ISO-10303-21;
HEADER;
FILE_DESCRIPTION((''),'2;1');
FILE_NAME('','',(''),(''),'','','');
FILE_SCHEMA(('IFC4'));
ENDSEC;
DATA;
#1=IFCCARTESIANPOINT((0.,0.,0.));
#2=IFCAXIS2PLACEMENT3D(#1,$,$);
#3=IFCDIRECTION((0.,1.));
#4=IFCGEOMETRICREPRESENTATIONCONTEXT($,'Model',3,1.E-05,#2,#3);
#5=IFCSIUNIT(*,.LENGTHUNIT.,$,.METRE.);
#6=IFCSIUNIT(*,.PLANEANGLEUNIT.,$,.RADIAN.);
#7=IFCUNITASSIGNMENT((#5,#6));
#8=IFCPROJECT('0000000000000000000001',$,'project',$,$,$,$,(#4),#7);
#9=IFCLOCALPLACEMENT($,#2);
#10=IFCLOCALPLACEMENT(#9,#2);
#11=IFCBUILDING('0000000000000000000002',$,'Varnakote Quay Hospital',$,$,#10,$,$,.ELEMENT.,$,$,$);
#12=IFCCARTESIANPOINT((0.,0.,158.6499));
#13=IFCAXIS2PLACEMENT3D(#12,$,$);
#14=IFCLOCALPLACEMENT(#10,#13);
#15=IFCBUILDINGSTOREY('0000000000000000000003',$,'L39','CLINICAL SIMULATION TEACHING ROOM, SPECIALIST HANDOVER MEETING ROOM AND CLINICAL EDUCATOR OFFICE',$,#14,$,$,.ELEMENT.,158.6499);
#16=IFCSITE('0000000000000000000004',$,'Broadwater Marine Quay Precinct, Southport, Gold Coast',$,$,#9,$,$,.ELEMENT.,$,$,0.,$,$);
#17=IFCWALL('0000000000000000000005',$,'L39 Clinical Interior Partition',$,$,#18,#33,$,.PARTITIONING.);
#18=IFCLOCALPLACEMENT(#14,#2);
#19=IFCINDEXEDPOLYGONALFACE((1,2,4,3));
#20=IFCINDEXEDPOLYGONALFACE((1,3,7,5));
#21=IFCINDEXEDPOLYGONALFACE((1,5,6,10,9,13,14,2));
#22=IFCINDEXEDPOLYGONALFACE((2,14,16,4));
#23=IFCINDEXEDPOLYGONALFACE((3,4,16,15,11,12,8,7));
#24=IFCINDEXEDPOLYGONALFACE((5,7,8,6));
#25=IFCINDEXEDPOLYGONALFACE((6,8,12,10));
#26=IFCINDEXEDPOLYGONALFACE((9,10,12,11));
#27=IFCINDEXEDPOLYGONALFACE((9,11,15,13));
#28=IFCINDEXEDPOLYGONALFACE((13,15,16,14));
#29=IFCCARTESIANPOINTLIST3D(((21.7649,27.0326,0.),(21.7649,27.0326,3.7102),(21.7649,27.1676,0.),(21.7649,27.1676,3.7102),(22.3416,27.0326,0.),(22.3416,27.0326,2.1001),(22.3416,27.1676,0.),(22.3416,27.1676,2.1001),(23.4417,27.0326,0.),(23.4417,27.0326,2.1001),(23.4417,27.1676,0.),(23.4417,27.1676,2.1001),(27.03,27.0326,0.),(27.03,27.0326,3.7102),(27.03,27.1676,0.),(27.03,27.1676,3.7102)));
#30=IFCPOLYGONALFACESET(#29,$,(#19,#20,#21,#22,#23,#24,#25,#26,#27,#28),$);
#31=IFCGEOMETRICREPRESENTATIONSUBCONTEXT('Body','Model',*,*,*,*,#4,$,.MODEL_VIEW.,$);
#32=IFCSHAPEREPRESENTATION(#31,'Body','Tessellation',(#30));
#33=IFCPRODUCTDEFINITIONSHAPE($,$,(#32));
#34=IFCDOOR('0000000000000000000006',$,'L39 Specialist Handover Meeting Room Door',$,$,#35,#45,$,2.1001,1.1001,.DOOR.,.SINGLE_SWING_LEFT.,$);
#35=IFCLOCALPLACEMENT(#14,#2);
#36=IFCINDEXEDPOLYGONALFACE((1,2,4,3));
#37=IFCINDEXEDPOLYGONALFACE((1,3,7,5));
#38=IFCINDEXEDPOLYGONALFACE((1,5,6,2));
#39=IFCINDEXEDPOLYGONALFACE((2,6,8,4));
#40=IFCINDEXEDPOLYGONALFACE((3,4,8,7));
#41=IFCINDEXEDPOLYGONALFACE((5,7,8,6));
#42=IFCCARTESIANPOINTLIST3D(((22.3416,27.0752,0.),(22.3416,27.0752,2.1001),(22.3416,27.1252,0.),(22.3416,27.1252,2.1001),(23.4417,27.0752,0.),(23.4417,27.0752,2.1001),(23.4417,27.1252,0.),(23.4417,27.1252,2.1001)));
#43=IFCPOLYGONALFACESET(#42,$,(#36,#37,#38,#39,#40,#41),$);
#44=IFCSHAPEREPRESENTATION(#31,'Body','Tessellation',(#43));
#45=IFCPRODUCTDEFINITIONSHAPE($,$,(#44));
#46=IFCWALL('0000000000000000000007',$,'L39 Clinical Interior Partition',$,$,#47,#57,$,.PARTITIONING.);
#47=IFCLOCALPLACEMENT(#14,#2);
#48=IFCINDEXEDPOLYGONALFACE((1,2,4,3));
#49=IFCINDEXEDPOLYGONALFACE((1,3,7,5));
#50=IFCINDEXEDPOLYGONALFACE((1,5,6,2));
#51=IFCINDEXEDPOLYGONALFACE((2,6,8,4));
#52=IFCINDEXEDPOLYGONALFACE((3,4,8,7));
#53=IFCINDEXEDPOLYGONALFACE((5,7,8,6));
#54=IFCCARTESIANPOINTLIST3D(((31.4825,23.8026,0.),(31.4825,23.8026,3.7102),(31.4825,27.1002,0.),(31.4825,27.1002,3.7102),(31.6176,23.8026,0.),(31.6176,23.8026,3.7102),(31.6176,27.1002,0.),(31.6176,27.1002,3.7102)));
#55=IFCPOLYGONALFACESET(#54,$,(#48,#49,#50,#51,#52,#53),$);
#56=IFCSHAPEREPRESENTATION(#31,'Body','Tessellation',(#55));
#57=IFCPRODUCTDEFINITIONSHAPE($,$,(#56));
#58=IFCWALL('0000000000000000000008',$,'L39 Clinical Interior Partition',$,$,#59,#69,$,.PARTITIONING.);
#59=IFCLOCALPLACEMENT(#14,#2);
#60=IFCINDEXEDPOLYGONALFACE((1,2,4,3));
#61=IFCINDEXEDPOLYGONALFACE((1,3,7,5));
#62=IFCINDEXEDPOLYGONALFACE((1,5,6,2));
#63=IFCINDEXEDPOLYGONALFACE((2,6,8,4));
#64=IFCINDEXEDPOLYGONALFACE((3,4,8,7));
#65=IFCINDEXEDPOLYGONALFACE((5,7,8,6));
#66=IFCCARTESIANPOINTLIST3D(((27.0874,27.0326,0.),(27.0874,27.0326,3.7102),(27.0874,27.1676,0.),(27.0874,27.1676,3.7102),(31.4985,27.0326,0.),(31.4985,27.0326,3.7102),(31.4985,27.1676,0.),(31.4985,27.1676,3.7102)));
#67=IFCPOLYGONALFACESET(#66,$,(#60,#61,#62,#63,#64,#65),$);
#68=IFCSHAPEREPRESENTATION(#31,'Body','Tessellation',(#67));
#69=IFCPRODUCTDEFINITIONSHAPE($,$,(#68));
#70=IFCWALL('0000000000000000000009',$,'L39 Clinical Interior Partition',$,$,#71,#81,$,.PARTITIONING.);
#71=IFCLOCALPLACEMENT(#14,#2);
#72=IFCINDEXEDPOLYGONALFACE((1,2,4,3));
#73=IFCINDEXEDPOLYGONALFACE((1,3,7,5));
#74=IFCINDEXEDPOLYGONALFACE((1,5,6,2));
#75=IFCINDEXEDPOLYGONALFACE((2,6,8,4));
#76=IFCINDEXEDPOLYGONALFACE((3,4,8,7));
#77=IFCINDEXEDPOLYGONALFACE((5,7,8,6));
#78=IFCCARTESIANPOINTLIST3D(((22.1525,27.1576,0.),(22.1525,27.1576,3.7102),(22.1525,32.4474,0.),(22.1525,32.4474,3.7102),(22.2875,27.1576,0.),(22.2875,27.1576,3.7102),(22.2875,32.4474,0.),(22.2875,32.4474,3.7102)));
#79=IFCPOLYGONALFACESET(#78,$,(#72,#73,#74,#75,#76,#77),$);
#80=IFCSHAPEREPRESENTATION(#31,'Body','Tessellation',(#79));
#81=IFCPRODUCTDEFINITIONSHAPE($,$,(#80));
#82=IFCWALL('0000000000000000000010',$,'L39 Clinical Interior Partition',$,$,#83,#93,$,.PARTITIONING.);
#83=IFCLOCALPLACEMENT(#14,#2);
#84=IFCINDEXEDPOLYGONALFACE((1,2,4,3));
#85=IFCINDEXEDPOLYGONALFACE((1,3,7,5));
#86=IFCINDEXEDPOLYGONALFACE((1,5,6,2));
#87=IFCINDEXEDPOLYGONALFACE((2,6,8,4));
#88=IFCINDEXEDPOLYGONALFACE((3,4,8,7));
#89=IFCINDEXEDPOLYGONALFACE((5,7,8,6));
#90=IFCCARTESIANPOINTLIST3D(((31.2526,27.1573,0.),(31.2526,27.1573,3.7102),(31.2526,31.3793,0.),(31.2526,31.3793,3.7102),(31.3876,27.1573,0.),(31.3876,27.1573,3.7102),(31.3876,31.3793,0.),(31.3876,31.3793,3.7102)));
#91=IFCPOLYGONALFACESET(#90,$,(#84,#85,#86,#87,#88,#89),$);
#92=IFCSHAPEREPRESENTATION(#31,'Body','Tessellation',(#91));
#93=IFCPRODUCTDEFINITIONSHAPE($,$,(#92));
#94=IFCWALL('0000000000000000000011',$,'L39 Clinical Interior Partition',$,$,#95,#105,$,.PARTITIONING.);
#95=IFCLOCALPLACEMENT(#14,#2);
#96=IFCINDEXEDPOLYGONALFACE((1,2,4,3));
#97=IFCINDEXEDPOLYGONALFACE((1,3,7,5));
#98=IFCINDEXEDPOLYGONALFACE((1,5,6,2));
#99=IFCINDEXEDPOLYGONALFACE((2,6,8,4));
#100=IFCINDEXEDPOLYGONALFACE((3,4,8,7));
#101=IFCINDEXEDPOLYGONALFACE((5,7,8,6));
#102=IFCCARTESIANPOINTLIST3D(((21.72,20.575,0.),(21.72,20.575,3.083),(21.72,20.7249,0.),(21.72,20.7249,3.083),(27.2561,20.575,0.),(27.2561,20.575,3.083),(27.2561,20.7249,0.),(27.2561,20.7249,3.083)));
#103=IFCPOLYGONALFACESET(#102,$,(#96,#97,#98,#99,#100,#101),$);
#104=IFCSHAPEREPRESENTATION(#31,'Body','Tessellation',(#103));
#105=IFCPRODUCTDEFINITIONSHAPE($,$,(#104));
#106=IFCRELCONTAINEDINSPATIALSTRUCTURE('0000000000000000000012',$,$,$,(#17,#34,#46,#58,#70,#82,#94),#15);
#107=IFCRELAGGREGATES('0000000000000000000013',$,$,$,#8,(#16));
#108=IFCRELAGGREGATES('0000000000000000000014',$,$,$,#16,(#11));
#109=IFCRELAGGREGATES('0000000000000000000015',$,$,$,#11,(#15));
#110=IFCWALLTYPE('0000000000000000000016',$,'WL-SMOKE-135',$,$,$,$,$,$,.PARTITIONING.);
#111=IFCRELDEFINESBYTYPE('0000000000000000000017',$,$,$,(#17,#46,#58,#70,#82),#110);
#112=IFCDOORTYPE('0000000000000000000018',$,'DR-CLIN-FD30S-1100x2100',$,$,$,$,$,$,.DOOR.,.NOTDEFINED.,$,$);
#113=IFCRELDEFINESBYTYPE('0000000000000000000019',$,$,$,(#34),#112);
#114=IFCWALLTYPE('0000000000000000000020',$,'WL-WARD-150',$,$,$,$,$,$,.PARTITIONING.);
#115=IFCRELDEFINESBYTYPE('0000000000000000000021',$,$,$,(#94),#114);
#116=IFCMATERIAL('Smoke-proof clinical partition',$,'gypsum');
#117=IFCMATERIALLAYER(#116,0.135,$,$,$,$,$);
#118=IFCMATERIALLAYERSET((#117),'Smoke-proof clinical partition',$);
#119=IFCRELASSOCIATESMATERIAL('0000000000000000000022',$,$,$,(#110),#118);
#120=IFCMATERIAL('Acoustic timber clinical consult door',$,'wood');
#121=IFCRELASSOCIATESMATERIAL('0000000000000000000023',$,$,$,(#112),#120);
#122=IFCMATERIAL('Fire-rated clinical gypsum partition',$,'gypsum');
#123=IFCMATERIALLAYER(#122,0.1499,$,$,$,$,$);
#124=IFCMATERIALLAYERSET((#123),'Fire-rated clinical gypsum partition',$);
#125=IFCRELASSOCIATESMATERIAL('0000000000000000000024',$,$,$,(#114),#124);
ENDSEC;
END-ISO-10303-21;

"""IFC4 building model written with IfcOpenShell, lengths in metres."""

from ifc_helpers import new_model, si_unit, direction, frame, frame_2d, origin, place, context, subcontext, project, spatial, rectangle, extrude, material, layer, layer_set, type_object, element, fill, save


model = new_model("IFC4")

# Units and contexts
model_context = context("Model", 3, precision=1e-05, world=origin(), true_north=direction((0.0, 1.0)))
body_context = subcontext(model_context, "Body", "Model", "MODEL_VIEW")
ifc_project = project(units=[si_unit("LENGTHUNIT", "METRE"), si_unit("PLANEANGLEUNIT", "RADIAN")], contexts=[model_context])

# Site, building, storey
site_placement = place(None, origin())
site = spatial("IfcSite", under=ifc_project, at=site_placement, Name="Broadwater Marine Quay Precinct, Southport, Gold Coast", CompositionType="ELEMENT", RefElevation=0.0)
building_placement = place(site_placement, origin())
building = spatial("IfcBuilding", under=site, at=building_placement, Name="Varnakote Quay Hospital", CompositionType="ELEMENT")
storey_placement = place(building_placement, frame((0.0, 0.0, 158.6499)))
storey = spatial("IfcBuildingStorey", under=building, at=storey_placement, Name="L39", Description="CLINICAL SIMULATION TEACHING ROOM, SPECIALIST HANDOVER MEETING ROOM AND CLINICAL EDUCATOR OFFICE", CompositionType="ELEMENT", Elevation=158.6499)

# Shared definitions
ifc_material_1 = material(Name="Smoke-proof clinical partition", Category="gypsum")
ifc_layer_1 = layer(ifc_material_1, 0.135)
ifc_layer_set_1 = layer_set([ifc_layer_1], Name="Smoke-proof clinical partition")
wall_type_1 = type_object("IfcWallType", Name="WL-SMOKE-135", PredefinedType="PARTITIONING", material=ifc_layer_set_1)

# Wall, opening, door
wall_1_placement = place(storey_placement, frame((27.03, 27.1001, 0.0), z_axis=(0.0, 0.0, 1.0), x_axis=(-1.0, 0.0, 0.0)))
wall_1 = element("IfcWall", 1, at=wall_1_placement, inside=storey, type_object=wall_type_1, Name="L39 Clinical Interior Partition", PredefinedType="PARTITIONING", context=body_context, shape_type="SweptSolid", body=[
    extrude(rectangle(XDim=5.2651, YDim=0.135, at=frame_2d((2.6326, 0.0))), origin(), (0.0, 0.0, 1.0), 3.7102),
])
opening_1_placement = place(wall_1_placement, frame((3.5884, 0.0, 0.0)))
opening_1 = element("IfcOpeningElement", 2, at=opening_1_placement, cuts=wall_1, PredefinedType="OPENING", context=body_context, shape_type="SweptSolid", body=[
    extrude(rectangle(XDim=1.1001, YDim=2.1001, at=frame_2d((0.55, 1.05))), frame((0.0, 0.0774, 0.0), z_axis=(0.0, -1.0, 0.0), x_axis=(1.0, 0.0, 0.0)), (0.0, 0.0, 1.0), 0.155),
])
ifc_material_2 = material(Name="Acoustic timber clinical consult door", Category="wood")
door_type_1 = type_object("IfcDoorType", Name="DR-CLIN-FD30S-1100x2100", OperationType="NOTDEFINED", PredefinedType="DOOR", material=ifc_material_2)
door_1_placement = place(opening_1_placement, origin())
door_1 = element("IfcDoor", 3, at=door_1_placement, inside=storey, type_object=door_type_1, Name="L39 Specialist Handover Meeting Room Door", OperationType="SINGLE_SWING_LEFT", OverallHeight=2.1001, OverallWidth=1.1001, PredefinedType="DOOR", context=body_context, shape_type="SweptSolid", body=[
    extrude(rectangle(XDim=1.1001, YDim=2.1001, at=frame_2d((0.55, 1.05))), frame((0.0, 0.0249, 0.0), z_axis=(0.0, -1.0, 0.0), x_axis=(1.0, 0.0, 0.0)), (0.0, 0.0, 1.0), 0.05),
])
fill(opening_1, door_1)

# Walls
wall_2_placement = place(storey_placement, frame((31.55, 23.8025, 0.0), z_axis=(0.0, 0.0, 1.0), x_axis=(0.0, 1.0, 0.0)))
element("IfcWall", 4, at=wall_2_placement, inside=storey, type_object=wall_type_1, Name="L39 Clinical Interior Partition", PredefinedType="PARTITIONING", context=body_context, shape_type="SweptSolid", body=[
    extrude(rectangle(XDim=3.2976, YDim=0.135, at=frame_2d((1.6489, 0.0))), origin(), (0.0, 0.0, 1.0), 3.7102),
])
wall_3_placement = place(storey_placement, frame((31.4985, 27.1001, 0.0), z_axis=(0.0, 0.0, 1.0), x_axis=(-1.0, 0.0, 0.0)))
element("IfcWall", 5, at=wall_3_placement, inside=storey, type_object=wall_type_1, Name="L39 Clinical Interior Partition", PredefinedType="PARTITIONING", context=body_context, shape_type="SweptSolid", body=[
    extrude(rectangle(XDim=4.4111, YDim=0.135, at=frame_2d((2.2056, 0.0))), origin(), (0.0, 0.0, 1.0), 3.7102),
])
wall_4_placement = place(storey_placement, frame((22.22, 27.1575, 0.0), z_axis=(0.0, 0.0, 1.0), x_axis=(0.0, 1.0, 0.0)))
element("IfcWall", 6, at=wall_4_placement, inside=storey, type_object=wall_type_1, Name="L39 Clinical Interior Partition", PredefinedType="PARTITIONING", context=body_context, shape_type="SweptSolid", body=[
    extrude(rectangle(XDim=5.2898, YDim=0.135, at=frame_2d((2.645, 0.0))), origin(), (0.0, 0.0, 1.0), 3.7102),
])
wall_5_placement = place(storey_placement, frame((31.3201, 27.1575, 0.0), z_axis=(0.0, 0.0, 1.0), x_axis=(0.0, 1.0, 0.0)))
element("IfcWall", 7, at=wall_5_placement, inside=storey, type_object=wall_type_1, Name="L39 Clinical Interior Partition", PredefinedType="PARTITIONING", context=body_context, shape_type="SweptSolid", body=[
    extrude(rectangle(XDim=4.2219, YDim=0.135, at=frame_2d((2.1108, 0.0))), origin(), (0.0, 0.0, 1.0), 3.7102),
])
ifc_material_3 = material(Name="Fire-rated clinical gypsum partition", Category="gypsum")
ifc_layer_2 = layer(ifc_material_3, 0.1499)
ifc_layer_set_2 = layer_set([ifc_layer_2], Name="Fire-rated clinical gypsum partition")
wall_type_2 = type_object("IfcWallType", Name="WL-WARD-150", PredefinedType="PARTITIONING", material=ifc_layer_set_2)
wall_6_placement = place(storey_placement, frame((27.2561, 20.6499, 0.0), z_axis=(0.0, 0.0, 1.0), x_axis=(-1.0, 0.0, 0.0)))
element("IfcWall", 8, at=wall_6_placement, inside=storey, type_object=wall_type_2, Name="L39 Clinical Interior Partition", PredefinedType="PARTITIONING", context=body_context, shape_type="SweptSolid", body=[
    extrude(rectangle(XDim=5.5361, YDim=0.1499, at=frame_2d((2.7681, 0.0))), origin(), (0.0, 0.0, 1.0), 3.083),
])

save(model, "model.ifc")
